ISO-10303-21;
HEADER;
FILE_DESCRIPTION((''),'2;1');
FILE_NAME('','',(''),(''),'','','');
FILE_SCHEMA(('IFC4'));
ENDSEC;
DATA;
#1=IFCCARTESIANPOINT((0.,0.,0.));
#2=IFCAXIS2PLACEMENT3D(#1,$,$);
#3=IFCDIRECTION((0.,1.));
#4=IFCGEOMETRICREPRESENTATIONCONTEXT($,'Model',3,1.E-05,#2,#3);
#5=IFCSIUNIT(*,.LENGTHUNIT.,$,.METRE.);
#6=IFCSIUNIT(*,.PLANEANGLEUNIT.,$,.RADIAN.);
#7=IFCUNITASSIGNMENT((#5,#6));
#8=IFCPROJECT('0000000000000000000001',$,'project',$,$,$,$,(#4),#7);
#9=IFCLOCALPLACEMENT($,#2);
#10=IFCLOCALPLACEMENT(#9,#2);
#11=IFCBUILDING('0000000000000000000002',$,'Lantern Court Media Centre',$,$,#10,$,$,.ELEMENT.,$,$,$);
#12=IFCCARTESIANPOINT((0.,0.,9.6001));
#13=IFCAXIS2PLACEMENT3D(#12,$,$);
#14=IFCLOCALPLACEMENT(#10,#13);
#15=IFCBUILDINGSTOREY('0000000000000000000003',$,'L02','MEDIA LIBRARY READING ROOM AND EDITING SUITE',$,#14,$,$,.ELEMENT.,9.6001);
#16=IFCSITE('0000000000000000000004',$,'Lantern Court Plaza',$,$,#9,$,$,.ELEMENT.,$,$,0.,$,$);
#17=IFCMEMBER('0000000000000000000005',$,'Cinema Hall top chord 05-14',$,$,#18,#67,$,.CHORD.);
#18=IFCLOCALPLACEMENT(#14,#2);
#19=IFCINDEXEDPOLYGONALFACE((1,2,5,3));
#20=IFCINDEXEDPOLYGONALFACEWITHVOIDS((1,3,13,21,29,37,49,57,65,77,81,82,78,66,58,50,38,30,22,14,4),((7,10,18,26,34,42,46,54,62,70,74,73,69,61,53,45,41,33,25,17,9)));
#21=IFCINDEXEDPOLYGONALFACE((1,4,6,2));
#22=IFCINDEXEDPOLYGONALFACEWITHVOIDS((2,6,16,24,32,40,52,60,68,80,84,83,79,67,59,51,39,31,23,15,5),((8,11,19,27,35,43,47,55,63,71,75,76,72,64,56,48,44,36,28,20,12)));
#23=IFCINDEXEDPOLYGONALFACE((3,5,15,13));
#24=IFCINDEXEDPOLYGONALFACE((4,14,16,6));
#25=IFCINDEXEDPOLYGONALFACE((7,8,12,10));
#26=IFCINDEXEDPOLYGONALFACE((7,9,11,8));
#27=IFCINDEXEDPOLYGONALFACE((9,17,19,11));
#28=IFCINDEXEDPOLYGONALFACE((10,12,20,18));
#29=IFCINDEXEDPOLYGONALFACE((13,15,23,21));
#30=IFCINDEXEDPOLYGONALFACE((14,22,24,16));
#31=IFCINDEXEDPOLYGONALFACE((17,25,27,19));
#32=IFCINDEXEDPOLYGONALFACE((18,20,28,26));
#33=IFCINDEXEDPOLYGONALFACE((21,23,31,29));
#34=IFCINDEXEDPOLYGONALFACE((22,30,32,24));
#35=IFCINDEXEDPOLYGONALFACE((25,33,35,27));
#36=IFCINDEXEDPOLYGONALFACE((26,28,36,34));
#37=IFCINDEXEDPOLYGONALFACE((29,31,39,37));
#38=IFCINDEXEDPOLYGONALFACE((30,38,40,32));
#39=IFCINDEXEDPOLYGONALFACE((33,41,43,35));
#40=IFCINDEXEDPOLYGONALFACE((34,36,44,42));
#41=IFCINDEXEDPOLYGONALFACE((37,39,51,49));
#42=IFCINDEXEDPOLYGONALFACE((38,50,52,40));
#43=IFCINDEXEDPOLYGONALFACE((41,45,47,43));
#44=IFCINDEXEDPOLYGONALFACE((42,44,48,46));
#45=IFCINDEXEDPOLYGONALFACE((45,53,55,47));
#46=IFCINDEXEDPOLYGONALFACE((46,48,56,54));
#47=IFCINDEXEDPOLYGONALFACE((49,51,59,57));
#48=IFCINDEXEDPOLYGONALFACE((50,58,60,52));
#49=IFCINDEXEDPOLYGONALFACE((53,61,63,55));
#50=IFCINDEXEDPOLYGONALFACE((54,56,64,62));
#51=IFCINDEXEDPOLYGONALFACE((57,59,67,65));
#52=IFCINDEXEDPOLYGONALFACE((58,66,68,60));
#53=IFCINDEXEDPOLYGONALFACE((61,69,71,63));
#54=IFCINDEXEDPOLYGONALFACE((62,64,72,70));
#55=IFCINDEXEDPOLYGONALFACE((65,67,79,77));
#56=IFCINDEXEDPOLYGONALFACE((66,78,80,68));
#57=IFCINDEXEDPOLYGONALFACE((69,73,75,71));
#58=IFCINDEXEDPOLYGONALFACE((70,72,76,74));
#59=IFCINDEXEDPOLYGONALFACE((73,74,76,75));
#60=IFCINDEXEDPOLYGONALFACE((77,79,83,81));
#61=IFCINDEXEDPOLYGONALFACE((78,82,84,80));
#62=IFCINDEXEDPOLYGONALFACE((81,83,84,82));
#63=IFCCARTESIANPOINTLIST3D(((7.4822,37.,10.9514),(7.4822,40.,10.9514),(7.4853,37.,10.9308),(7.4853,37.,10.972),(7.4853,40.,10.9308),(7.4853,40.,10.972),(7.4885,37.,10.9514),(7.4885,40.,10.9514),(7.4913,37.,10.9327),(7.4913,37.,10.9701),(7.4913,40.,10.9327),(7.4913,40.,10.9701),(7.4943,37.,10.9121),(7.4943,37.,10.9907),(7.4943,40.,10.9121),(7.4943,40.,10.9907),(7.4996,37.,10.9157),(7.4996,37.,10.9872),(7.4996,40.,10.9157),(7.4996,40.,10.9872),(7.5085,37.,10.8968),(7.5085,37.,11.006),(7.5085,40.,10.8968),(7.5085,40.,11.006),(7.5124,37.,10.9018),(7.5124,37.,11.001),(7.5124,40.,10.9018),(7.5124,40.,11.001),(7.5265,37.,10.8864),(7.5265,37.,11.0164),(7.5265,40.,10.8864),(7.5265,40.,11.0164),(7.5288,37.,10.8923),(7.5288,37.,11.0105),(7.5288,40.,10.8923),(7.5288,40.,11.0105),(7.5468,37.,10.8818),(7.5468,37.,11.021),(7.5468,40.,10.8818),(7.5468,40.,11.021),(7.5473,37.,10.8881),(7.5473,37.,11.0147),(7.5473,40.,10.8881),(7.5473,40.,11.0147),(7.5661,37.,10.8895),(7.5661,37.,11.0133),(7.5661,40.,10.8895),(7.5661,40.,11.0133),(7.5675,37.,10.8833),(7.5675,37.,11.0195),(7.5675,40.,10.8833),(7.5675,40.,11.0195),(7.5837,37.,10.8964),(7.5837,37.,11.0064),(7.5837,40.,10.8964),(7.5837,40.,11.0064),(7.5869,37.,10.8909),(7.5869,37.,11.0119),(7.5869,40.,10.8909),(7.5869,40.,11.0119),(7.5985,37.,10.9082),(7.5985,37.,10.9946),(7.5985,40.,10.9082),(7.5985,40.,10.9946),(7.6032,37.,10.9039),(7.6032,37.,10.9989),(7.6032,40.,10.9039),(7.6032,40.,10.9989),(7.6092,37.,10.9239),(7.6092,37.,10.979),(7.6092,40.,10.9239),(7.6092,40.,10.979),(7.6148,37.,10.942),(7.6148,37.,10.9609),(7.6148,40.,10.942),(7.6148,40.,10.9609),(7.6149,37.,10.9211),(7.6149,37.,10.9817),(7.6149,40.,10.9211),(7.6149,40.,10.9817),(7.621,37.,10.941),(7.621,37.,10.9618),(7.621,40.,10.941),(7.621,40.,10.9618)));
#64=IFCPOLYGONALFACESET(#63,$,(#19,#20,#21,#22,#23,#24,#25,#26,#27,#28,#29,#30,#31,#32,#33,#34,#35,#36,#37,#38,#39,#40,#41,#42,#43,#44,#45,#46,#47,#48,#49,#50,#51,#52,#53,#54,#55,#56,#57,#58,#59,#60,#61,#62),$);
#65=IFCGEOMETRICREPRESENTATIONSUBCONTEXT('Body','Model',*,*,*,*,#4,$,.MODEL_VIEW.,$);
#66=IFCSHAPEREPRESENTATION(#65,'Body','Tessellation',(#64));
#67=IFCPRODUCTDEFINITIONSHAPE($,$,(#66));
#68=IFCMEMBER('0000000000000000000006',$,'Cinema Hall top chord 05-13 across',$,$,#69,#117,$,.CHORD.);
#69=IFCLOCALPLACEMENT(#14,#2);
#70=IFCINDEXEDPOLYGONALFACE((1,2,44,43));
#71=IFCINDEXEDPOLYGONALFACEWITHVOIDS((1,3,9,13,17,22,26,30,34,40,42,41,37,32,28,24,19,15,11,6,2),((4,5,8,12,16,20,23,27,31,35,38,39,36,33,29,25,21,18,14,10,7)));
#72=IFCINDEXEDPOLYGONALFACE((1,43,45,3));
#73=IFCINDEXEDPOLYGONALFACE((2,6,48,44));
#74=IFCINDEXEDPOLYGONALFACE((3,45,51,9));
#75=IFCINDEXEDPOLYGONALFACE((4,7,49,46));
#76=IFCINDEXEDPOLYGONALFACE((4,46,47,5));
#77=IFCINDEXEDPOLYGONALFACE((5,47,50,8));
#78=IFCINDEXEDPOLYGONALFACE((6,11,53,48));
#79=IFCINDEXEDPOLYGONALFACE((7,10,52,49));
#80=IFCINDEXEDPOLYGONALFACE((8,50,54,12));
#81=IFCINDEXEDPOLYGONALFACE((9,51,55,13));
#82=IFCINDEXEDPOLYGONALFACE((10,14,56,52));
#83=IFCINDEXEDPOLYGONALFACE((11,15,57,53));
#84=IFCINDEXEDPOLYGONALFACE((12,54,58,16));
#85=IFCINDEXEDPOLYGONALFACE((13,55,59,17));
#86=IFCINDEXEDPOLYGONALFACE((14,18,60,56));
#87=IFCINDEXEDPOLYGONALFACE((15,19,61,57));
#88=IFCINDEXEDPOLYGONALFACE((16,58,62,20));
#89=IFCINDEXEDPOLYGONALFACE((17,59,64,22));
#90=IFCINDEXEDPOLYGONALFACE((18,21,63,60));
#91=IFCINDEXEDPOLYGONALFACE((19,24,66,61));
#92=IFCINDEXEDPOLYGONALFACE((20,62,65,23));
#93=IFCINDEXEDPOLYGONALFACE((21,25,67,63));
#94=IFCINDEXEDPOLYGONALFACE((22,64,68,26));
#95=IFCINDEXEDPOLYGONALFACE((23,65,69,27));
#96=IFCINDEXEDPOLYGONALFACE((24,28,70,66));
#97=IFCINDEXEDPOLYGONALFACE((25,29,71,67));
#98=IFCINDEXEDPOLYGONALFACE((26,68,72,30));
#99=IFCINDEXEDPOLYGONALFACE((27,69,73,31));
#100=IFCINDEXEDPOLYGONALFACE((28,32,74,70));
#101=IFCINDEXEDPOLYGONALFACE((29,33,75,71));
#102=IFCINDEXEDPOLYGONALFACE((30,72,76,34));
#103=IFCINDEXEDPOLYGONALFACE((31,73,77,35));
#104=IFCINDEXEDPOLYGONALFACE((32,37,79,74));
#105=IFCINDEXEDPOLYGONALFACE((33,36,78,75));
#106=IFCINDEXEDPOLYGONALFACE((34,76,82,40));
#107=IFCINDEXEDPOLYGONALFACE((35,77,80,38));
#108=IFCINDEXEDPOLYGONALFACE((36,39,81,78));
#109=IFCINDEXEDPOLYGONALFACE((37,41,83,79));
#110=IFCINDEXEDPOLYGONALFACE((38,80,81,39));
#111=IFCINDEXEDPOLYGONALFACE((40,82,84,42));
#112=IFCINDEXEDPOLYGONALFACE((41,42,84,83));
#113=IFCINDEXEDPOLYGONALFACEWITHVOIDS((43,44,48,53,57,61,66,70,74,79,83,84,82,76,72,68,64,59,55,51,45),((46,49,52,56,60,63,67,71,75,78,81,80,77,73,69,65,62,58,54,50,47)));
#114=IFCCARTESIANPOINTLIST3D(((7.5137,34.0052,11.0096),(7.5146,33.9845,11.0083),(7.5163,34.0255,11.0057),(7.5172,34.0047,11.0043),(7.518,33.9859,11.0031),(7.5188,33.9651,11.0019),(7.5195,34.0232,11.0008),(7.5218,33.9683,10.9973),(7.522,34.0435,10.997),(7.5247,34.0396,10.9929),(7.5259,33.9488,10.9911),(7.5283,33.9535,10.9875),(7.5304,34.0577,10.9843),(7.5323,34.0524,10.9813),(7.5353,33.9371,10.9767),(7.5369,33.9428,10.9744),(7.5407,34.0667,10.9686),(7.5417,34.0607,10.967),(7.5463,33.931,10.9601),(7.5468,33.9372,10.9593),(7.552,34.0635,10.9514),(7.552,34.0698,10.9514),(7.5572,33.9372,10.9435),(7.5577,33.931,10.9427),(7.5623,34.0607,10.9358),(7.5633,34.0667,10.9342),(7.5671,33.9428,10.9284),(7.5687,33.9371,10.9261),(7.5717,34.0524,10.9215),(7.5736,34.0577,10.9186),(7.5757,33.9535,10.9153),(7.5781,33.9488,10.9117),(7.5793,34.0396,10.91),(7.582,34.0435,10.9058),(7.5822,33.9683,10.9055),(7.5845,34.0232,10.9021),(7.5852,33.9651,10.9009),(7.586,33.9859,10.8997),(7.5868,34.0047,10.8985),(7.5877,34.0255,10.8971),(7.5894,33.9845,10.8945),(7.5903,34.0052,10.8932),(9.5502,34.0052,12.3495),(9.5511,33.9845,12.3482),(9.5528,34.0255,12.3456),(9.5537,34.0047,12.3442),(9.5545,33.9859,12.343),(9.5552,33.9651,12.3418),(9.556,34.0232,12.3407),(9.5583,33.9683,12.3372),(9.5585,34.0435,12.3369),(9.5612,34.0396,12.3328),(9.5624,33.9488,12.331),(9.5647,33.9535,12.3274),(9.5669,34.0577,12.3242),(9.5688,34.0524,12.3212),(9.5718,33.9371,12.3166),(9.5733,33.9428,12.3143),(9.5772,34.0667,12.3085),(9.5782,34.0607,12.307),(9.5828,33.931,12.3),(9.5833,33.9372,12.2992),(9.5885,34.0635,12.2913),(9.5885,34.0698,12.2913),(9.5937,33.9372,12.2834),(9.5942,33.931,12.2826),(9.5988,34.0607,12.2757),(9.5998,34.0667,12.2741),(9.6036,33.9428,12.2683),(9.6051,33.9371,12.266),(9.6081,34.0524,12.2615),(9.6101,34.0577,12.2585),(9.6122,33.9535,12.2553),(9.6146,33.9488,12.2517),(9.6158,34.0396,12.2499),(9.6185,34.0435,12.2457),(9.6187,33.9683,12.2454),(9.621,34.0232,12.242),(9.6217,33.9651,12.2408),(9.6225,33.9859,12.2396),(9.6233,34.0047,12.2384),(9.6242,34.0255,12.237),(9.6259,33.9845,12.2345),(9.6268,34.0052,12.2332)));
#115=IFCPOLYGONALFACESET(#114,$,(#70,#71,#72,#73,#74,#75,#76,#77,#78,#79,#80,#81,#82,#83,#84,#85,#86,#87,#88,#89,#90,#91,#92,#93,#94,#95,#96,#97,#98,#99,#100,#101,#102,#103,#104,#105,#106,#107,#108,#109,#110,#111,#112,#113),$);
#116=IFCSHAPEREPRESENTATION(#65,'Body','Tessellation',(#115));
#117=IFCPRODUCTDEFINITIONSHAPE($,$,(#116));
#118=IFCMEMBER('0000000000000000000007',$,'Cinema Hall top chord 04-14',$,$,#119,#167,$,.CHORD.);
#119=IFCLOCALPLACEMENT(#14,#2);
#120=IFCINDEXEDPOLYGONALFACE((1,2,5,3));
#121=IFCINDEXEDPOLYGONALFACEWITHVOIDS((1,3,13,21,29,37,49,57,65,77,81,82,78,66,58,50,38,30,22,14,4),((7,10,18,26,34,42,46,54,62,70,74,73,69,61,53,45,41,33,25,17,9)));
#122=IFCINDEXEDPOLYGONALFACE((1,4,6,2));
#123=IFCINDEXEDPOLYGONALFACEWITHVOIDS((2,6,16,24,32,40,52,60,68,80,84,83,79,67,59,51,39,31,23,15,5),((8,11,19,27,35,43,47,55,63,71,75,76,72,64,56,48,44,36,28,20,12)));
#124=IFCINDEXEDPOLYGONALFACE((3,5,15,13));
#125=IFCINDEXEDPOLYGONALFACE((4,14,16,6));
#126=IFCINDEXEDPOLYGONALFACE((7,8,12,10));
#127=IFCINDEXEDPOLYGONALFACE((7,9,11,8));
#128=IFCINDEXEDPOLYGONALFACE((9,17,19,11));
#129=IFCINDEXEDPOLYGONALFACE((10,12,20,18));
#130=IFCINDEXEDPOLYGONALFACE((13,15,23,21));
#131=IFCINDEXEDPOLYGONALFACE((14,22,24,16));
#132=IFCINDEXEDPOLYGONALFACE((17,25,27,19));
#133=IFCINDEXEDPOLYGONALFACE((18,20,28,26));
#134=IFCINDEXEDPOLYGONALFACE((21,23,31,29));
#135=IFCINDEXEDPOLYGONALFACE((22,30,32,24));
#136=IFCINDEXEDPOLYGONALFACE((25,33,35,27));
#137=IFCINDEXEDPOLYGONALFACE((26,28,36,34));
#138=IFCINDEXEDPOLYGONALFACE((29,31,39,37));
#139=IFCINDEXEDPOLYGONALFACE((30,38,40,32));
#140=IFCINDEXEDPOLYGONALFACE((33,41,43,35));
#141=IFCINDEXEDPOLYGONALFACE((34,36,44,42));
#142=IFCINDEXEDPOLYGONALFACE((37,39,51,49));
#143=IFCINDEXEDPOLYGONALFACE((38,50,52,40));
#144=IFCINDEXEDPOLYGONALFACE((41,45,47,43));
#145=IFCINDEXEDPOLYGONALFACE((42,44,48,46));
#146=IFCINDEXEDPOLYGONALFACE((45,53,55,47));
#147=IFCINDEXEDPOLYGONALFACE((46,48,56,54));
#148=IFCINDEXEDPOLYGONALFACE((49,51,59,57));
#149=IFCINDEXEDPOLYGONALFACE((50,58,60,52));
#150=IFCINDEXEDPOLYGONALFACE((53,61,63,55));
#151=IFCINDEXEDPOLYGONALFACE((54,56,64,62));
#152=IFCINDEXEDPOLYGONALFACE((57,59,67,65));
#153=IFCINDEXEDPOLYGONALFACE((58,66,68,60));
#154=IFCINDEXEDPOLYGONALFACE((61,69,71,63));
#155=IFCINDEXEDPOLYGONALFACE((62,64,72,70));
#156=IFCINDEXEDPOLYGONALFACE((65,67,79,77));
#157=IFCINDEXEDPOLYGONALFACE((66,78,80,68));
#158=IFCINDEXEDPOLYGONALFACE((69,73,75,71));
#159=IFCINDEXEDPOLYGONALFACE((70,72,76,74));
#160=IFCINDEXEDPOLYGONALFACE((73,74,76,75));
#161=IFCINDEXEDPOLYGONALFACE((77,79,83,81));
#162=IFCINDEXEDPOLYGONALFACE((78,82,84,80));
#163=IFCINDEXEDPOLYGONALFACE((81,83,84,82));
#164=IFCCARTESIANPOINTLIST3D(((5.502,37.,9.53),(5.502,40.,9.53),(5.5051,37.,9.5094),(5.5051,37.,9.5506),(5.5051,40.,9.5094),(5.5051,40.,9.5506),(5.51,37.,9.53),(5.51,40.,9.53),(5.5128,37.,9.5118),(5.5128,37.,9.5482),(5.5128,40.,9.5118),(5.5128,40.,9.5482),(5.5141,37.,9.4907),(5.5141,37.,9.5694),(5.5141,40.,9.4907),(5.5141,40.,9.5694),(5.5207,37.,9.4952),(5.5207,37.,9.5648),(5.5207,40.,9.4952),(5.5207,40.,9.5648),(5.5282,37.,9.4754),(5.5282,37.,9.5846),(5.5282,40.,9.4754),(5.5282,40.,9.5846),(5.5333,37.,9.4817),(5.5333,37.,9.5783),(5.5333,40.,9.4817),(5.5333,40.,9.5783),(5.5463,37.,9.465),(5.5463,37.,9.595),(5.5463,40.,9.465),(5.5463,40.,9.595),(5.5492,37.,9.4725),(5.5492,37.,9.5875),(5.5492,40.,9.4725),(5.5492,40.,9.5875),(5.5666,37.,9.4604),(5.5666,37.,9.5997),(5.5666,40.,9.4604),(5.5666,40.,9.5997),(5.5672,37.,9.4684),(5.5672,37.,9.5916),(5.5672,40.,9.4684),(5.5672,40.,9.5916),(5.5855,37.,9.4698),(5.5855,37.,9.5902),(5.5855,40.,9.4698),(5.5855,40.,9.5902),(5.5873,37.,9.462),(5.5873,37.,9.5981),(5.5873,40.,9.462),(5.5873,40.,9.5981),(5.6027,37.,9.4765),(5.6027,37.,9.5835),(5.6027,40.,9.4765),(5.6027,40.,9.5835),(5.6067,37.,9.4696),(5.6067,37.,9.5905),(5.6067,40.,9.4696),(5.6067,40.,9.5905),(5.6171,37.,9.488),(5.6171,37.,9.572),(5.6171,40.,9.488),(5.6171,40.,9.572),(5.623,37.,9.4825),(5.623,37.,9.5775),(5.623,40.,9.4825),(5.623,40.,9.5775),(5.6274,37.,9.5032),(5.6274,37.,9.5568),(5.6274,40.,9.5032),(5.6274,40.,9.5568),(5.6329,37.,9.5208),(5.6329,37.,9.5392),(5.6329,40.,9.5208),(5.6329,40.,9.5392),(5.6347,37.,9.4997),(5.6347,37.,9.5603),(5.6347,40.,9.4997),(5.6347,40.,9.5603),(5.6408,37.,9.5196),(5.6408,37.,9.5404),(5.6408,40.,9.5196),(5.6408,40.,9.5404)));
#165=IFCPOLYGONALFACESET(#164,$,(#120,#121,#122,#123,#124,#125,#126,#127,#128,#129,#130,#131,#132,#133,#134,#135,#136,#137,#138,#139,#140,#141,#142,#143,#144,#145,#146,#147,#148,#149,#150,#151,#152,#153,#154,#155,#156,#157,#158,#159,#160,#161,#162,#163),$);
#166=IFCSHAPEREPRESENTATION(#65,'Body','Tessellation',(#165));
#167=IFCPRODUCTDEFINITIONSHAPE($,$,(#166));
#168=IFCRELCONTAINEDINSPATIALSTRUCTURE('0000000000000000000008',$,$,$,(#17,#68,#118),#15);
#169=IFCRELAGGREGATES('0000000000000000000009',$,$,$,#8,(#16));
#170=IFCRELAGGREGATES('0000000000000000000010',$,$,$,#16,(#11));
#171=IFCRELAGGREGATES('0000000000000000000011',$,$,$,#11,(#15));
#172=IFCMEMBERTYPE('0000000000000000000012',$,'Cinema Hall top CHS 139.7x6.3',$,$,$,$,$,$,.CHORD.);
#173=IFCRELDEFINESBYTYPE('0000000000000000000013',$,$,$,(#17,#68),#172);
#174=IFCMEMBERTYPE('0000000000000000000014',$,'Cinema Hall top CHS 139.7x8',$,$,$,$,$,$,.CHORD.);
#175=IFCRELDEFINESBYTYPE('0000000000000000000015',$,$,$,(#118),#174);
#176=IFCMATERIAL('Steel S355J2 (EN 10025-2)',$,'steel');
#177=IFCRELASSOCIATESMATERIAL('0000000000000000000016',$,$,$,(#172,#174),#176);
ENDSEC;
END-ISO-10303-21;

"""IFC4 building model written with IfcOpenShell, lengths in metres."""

from ifc_helpers import new_model, si_unit, direction, frame, origin, origin_2d, place, context, subcontext, project, spatial, hollow_circle, extrude, material, material_profile, profile_set, type_object, element, save


model = new_model("IFC4")

# Units and contexts
model_context = context("Model", 3, precision=1e-05, world=origin(), true_north=direction((0.0, 1.0)))
body_context = subcontext(model_context, "Body", "Model", "MODEL_VIEW")
ifc_project = project(units=[si_unit("LENGTHUNIT", "METRE"), si_unit("PLANEANGLEUNIT", "RADIAN")], contexts=[model_context])

# Site, building, storey
site_placement = place(None, origin())
site = spatial("IfcSite", under=ifc_project, at=site_placement, Name="Lantern Court Plaza", CompositionType="ELEMENT", RefElevation=0.0)
building_placement = place(site_placement, origin())
building = spatial("IfcBuilding", under=site, at=building_placement, Name="Lantern Court Media Centre", CompositionType="ELEMENT")
storey_placement = place(building_placement, frame((0.0, 0.0, 9.6001)))
storey = spatial("IfcBuildingStorey", under=building, at=storey_placement, Name="L02", Description="MEDIA LIBRARY READING ROOM AND EDITING SUITE", CompositionType="ELEMENT", Elevation=9.6001)

# Members
ifc_material = material(Name="Steel S355J2 (EN 10025-2)", Category="steel")
ifc_material_profile_1 = material_profile(ifc_material, hollow_circle(Radius=0.0698, WallThickness=0.0063, at=origin_2d()), Name="Cinema Hall top CHS 139.7x6.3")
ifc_profile_set_1 = profile_set([ifc_material_profile_1], Name="Steel S355J2 (EN 10025-2)")
member_type_1 = type_object("IfcMemberType", Name="Cinema Hall top CHS 139.7x6.3", PredefinedType="CHORD", material=ifc_profile_set_1)
for number, where, z_axis, x_axis, name in (
    (1, (7.552, 37.0, 10.9514), (0.0, 1.0, 0.0), (-1.0, 0.0, 0.0), "Cinema Hall top chord 05-14"),
):
    element("IfcMember", number, at=place(storey_placement, frame(where, z_axis=z_axis, x_axis=x_axis)), inside=storey, type_object=member_type_1, Name=name, PredefinedType="CHORD", context=body_context, shape_type="SweptSolid", body=[
        extrude(hollow_circle(Radius=0.0698, WallThickness=0.0063, at=origin_2d()), origin(), (0.0, 0.0, 1.0), 3.0),
    ])
member_1_placement = place(storey_placement, frame((7.552, 34.0, 10.9514), z_axis=(0.835394, 0.0, 0.549651), x_axis=(0.0, 1.0, 0.0)))
element("IfcMember", 2, at=member_1_placement, inside=storey, type_object=member_type_1, Name="Cinema Hall top chord 05-13 across", PredefinedType="CHORD", context=body_context, shape_type="SweptSolid", body=[
    extrude(hollow_circle(Radius=0.0698, WallThickness=0.0063, at=origin_2d()), origin(), (0.0, 0.0, 1.0), 2.4377),
])
ifc_material_profile_2 = material_profile(ifc_material, hollow_circle(Radius=0.0698, WallThickness=0.0081, at=origin_2d()), Name="Cinema Hall top CHS 139.7x8")
ifc_profile_set_2 = profile_set([ifc_material_profile_2], Name="Steel S355J2 (EN 10025-2)")
member_type_2 = type_object("IfcMemberType", Name="Cinema Hall top CHS 139.7x8", PredefinedType="CHORD", material=ifc_profile_set_2)
member_2_placement = place(storey_placement, frame((5.5718, 37.0, 9.53), z_axis=(0.0, 1.0, 0.0), x_axis=(-1.0, 0.0, 0.0)))
element("IfcMember", 3, at=member_2_placement, inside=storey, type_object=member_type_2, Name="Cinema Hall top chord 04-14", PredefinedType="CHORD", context=body_context, shape_type="SweptSolid", body=[
    extrude(hollow_circle(Radius=0.0698, WallThickness=0.0081, at=origin_2d()), origin(), (0.0, 0.0, 1.0), 3.0),
])

save(model, "model.ifc")
